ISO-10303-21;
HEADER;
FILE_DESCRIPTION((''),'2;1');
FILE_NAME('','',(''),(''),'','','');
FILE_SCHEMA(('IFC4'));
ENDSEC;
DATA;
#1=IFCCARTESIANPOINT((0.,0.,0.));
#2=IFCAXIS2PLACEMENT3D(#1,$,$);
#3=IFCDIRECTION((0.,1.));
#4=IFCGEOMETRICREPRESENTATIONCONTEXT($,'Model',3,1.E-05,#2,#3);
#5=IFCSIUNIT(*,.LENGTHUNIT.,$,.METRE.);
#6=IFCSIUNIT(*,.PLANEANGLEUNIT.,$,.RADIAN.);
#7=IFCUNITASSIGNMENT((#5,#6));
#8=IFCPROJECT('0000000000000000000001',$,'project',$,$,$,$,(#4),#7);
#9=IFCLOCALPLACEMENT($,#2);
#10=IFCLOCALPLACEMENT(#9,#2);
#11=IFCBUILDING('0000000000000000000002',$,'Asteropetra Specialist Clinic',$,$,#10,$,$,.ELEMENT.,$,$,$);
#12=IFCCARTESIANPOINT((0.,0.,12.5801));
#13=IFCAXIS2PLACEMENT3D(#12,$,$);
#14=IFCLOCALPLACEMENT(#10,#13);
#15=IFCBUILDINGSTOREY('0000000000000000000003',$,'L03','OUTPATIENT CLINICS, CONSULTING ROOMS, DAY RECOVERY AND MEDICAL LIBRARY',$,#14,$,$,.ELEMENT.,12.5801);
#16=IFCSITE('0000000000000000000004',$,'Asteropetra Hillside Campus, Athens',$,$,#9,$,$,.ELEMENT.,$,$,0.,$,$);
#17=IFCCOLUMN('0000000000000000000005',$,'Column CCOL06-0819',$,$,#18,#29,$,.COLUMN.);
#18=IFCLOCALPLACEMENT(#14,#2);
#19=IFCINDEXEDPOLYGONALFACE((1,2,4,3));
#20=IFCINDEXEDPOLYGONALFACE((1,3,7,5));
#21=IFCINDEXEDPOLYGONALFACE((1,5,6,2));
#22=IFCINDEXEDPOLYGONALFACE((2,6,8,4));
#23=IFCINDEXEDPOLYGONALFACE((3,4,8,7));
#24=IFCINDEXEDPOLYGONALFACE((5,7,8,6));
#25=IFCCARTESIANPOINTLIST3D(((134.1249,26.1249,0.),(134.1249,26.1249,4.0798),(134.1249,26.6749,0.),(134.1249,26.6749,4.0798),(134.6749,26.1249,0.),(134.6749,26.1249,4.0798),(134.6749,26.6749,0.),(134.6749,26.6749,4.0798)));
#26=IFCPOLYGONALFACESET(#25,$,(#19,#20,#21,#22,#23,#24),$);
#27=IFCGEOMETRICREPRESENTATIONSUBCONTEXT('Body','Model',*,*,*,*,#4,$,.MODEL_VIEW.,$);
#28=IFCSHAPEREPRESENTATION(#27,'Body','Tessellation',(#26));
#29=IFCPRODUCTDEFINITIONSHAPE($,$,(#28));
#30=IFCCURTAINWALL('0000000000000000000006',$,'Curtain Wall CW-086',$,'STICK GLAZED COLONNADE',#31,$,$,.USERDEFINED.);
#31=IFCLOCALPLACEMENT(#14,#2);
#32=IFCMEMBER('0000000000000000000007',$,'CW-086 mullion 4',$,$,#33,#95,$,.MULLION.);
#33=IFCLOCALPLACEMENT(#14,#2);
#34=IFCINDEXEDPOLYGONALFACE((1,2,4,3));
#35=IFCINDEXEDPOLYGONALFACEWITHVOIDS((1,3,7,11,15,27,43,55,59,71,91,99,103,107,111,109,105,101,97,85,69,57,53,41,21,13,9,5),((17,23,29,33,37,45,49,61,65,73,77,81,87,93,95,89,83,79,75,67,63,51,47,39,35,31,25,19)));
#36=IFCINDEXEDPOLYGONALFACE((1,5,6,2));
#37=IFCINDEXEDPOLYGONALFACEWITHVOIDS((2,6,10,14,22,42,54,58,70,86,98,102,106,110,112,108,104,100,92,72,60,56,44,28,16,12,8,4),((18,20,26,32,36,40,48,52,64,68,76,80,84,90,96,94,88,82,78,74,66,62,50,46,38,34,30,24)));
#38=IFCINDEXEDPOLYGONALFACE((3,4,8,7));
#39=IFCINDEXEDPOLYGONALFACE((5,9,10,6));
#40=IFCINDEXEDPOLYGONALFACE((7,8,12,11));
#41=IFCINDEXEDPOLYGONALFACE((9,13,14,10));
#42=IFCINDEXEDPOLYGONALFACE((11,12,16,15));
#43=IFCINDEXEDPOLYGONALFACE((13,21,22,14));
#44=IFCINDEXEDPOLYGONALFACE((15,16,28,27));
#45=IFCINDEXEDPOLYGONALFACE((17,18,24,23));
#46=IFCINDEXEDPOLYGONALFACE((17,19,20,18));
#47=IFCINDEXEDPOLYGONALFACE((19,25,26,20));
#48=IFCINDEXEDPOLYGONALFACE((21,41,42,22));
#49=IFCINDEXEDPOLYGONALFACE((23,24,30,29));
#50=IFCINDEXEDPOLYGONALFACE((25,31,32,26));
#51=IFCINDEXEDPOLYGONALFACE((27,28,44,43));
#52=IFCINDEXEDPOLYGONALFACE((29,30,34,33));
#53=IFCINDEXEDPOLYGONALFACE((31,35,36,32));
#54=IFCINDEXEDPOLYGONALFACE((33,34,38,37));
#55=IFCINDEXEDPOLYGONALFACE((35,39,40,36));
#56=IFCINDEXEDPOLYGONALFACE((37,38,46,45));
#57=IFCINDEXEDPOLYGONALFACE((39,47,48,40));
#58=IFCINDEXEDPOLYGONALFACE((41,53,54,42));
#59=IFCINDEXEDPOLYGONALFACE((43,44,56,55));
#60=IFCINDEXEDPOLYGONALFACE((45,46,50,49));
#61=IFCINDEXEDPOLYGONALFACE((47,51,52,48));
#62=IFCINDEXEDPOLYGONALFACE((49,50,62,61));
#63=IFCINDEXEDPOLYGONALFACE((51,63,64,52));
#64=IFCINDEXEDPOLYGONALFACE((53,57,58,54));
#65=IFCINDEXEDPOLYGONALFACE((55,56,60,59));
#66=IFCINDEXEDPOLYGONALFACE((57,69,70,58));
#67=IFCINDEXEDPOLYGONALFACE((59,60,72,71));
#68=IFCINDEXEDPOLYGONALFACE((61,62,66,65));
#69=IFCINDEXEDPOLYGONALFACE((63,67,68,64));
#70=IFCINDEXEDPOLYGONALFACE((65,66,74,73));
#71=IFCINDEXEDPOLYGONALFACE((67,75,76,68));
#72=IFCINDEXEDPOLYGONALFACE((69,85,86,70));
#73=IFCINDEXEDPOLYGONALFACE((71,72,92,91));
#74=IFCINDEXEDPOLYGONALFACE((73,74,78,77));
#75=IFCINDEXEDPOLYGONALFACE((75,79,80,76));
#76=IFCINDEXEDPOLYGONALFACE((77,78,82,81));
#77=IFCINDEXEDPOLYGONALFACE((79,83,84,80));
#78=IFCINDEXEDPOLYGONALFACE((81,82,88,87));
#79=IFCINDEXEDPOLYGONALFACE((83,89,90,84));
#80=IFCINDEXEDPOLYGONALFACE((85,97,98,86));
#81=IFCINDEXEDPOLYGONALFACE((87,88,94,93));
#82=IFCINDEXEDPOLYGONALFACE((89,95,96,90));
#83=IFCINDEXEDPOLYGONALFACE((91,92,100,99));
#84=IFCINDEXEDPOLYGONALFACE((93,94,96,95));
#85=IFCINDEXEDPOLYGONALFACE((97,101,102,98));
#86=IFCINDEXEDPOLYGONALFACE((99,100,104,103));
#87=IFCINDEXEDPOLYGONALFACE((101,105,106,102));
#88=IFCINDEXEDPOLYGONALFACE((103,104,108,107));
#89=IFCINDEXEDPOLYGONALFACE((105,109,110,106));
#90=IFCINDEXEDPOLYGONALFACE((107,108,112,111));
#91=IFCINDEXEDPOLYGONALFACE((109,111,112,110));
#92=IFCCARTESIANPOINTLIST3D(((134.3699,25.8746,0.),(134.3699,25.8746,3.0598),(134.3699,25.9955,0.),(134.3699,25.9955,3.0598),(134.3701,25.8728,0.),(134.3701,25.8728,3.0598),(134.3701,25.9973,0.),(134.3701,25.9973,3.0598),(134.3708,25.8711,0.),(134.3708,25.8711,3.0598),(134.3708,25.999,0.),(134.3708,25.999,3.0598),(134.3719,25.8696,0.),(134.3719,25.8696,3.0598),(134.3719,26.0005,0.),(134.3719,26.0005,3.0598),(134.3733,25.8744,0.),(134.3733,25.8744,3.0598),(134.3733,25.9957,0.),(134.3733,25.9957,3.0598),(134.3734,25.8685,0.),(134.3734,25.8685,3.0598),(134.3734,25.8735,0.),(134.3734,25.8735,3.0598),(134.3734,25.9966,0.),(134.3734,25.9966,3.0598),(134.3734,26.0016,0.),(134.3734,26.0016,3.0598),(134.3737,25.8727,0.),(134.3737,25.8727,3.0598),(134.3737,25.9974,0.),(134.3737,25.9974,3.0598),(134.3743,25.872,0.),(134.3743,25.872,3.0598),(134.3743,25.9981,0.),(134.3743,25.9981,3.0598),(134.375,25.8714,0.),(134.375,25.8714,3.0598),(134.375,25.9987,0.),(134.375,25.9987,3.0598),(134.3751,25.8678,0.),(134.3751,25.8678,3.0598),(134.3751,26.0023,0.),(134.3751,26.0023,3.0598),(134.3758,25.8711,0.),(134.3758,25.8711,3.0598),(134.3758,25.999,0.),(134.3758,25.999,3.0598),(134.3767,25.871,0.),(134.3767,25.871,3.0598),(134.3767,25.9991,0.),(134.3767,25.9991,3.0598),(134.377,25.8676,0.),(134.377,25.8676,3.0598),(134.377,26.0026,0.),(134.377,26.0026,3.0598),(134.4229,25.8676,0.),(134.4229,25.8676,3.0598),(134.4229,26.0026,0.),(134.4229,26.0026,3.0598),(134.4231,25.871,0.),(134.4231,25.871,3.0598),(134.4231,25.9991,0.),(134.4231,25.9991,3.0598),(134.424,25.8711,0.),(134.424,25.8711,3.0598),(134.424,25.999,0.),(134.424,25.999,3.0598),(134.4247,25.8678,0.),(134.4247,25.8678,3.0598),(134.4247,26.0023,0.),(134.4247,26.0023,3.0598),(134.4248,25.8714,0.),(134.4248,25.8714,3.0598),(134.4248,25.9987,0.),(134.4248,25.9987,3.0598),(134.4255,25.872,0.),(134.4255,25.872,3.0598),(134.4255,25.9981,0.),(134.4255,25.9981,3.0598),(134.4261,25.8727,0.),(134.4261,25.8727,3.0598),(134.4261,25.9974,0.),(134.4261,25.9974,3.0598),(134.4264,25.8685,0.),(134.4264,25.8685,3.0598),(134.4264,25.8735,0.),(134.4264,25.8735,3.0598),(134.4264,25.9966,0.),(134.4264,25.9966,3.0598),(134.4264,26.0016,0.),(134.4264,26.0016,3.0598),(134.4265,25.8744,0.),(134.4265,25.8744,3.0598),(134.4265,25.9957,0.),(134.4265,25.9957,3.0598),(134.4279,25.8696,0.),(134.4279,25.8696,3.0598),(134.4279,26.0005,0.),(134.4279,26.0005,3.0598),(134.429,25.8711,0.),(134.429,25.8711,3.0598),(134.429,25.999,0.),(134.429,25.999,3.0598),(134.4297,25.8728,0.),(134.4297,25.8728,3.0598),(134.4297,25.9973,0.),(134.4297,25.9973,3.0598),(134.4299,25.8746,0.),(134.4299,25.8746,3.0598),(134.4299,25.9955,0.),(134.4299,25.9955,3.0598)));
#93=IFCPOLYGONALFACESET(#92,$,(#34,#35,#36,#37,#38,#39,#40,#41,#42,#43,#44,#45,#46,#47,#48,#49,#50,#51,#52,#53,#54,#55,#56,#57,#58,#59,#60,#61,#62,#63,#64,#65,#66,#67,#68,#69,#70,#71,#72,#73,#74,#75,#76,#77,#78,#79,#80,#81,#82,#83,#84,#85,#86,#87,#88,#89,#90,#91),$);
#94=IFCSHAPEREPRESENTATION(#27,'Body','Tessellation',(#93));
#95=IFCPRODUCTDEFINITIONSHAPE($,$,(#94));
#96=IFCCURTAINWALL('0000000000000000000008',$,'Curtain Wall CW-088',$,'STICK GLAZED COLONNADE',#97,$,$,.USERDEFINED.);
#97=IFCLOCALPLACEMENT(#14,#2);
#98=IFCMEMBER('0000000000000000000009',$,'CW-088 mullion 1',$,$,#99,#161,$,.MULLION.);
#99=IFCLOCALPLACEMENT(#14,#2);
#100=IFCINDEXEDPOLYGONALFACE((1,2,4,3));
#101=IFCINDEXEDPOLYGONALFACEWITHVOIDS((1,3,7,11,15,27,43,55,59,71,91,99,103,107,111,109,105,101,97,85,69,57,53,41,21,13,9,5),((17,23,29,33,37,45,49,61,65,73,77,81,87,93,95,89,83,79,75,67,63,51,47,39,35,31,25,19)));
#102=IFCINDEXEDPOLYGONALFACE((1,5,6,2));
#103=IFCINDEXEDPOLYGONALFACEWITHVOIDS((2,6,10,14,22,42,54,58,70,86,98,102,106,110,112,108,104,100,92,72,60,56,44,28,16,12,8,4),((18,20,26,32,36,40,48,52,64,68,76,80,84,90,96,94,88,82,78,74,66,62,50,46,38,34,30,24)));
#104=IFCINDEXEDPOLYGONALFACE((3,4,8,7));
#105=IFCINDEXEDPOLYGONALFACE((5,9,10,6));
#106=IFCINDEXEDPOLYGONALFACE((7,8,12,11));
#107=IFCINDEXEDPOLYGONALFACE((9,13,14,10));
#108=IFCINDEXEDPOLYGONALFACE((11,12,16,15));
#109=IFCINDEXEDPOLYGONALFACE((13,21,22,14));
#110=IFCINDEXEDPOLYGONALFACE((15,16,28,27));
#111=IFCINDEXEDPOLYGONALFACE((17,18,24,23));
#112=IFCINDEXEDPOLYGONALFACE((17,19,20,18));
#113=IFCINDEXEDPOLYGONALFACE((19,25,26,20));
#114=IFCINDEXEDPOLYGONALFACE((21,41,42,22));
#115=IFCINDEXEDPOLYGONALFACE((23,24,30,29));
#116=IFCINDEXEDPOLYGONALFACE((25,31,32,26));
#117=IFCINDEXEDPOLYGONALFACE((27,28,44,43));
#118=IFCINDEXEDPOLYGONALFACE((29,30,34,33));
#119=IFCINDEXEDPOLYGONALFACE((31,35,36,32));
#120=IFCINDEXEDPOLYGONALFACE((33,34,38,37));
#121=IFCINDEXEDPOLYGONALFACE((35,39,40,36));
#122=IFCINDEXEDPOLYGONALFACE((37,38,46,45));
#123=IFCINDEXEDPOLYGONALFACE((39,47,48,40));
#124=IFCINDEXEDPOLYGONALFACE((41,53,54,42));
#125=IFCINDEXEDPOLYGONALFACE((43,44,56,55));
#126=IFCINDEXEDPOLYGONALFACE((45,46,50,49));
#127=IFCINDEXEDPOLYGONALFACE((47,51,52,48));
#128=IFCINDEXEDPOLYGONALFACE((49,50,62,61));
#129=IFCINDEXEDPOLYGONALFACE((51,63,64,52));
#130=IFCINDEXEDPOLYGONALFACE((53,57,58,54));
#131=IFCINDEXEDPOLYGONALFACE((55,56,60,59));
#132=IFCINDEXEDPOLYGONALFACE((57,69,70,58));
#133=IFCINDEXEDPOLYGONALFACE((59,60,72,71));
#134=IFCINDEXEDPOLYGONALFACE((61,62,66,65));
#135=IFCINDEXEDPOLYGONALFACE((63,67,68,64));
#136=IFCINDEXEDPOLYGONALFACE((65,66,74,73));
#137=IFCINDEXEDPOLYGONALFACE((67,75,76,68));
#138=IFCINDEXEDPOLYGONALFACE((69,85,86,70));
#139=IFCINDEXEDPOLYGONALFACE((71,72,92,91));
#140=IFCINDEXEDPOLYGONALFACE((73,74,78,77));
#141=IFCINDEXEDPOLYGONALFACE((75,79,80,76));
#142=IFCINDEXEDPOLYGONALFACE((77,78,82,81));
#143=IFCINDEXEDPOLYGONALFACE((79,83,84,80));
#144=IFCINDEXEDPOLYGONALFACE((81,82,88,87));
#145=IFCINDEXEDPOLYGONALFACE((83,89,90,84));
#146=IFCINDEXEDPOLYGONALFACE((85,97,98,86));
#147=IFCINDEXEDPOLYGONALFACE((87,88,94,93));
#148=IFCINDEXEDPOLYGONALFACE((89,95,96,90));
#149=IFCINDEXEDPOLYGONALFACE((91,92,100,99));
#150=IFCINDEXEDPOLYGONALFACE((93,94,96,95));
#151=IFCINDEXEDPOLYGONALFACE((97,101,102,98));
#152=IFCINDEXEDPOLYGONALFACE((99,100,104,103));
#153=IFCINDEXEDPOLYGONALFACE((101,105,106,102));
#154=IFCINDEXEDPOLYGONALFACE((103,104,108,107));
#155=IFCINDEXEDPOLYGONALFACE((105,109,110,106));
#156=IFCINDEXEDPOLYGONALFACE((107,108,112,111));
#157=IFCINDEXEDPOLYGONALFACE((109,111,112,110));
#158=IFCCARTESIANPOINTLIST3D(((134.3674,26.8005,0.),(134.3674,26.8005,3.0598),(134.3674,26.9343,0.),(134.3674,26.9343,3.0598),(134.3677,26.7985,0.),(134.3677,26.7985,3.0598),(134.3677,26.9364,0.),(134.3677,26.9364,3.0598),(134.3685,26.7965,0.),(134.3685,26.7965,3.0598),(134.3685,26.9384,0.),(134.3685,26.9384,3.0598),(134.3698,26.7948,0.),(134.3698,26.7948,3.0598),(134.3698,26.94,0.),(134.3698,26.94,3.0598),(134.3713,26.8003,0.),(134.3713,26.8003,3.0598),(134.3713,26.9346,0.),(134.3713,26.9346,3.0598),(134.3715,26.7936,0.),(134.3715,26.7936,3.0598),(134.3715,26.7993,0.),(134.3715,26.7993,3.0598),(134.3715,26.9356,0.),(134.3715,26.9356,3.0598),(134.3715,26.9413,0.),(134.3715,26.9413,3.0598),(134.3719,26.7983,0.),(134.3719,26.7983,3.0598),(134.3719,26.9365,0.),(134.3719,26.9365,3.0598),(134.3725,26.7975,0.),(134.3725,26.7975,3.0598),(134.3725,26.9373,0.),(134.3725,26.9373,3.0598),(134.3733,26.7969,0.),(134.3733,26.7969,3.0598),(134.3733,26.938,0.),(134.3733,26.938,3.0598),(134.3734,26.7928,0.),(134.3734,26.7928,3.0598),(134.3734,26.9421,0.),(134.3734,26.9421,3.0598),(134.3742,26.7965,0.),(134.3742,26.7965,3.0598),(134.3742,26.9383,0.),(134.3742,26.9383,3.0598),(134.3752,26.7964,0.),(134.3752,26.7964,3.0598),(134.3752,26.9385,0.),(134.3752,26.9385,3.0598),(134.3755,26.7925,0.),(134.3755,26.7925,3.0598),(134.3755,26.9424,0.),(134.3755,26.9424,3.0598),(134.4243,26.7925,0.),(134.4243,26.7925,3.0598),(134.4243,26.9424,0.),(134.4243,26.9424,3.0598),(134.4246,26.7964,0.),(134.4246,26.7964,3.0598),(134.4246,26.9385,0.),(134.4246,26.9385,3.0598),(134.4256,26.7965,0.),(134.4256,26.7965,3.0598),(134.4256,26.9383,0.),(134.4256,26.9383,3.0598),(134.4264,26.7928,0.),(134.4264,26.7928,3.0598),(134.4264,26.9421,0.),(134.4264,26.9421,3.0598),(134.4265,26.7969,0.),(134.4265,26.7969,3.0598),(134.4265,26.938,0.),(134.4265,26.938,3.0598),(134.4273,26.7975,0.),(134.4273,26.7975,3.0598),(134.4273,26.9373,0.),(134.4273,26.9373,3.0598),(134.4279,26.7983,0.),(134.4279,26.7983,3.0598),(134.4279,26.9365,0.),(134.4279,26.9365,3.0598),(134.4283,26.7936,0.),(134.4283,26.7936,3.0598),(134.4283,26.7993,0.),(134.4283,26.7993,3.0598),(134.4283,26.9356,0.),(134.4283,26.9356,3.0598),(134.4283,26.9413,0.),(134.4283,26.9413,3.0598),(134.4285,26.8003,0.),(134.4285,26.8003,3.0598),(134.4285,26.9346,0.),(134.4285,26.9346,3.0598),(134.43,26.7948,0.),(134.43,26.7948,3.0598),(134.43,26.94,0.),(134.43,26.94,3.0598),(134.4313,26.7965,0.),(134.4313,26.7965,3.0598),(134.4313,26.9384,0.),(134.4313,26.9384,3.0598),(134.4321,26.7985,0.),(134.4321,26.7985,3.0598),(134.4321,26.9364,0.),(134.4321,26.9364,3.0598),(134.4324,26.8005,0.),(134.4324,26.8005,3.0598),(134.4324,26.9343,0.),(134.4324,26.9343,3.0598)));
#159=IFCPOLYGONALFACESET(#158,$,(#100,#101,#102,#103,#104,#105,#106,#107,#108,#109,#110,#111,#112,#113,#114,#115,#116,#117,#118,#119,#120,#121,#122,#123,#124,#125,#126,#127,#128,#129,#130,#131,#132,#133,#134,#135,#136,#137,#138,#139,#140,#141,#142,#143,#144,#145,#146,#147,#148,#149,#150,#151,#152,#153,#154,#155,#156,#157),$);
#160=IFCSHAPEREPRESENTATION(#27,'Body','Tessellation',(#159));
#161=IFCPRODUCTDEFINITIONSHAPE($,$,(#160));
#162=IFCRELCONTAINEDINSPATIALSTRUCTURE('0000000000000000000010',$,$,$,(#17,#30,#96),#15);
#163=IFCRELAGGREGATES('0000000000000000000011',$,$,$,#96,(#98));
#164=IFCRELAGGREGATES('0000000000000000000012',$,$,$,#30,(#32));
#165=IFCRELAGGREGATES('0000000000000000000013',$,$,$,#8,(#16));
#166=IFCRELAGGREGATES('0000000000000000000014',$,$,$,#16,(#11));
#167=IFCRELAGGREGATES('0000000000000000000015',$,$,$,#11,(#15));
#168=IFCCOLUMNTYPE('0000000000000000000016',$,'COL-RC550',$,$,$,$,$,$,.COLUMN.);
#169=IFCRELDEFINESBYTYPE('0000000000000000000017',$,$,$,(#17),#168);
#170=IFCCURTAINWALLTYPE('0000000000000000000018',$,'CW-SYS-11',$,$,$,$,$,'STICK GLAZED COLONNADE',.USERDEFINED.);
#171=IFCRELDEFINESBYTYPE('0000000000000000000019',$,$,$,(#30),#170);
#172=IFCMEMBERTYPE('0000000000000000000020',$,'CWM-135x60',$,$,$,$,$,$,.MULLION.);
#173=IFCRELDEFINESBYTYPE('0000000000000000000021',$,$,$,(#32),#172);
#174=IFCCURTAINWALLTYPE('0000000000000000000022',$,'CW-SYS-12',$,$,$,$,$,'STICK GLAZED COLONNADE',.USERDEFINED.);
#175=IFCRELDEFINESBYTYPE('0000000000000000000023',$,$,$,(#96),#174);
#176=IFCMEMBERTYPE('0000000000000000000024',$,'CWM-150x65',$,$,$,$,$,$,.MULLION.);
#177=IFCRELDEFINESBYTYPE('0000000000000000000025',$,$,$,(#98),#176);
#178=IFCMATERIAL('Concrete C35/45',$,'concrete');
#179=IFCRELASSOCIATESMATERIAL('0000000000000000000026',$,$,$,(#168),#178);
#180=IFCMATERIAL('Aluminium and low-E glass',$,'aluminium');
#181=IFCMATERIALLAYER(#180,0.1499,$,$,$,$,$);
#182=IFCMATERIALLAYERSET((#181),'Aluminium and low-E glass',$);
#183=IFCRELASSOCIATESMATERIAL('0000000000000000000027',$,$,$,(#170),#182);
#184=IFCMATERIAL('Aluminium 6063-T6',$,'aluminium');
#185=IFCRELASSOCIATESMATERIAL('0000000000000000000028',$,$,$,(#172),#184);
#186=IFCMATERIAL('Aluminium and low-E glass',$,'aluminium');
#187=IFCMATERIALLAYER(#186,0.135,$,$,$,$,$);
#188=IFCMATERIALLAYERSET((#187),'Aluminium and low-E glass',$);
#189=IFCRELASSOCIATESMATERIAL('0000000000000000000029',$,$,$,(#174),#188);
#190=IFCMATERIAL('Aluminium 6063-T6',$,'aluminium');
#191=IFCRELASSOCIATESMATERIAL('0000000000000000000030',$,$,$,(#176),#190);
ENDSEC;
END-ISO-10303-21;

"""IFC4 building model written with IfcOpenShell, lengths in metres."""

from ifc_helpers import new_model, si_unit, direction, frame, origin, origin_2d, place, context, subcontext, project, spatial, rectangle, hollow_rectangle, extrude, material, layer, layer_set, material_profile, profile_set, type_object, element, aggregate, save


model = new_model("IFC4")

# Units and contexts
model_context = context("Model", 3, precision=1e-05, world=origin(), true_north=direction((0.0, 1.0)))
body_context = subcontext(model_context, "Body", "Model", "MODEL_VIEW")
ifc_project = project(units=[si_unit("LENGTHUNIT", "METRE"), si_unit("PLANEANGLEUNIT", "RADIAN")], contexts=[model_context])

# Site, building, storey
site_placement = place(None, origin())
site = spatial("IfcSite", under=ifc_project, at=site_placement, Name="Asteropetra Hillside Campus, Athens", CompositionType="ELEMENT", RefElevation=0.0)
building_placement = place(site_placement, origin())
building = spatial("IfcBuilding", under=site, at=building_placement, Name="Asteropetra Specialist Clinic", CompositionType="ELEMENT")
storey_placement = place(building_placement, frame((0.0, 0.0, 12.5801)))
storey = spatial("IfcBuildingStorey", under=building, at=storey_placement, Name="L03", Description="OUTPATIENT CLINICS, CONSULTING ROOMS, DAY RECOVERY AND MEDICAL LIBRARY", CompositionType="ELEMENT", Elevation=12.5801)

# Column
ifc_material_1 = material(Name="Concrete C35/45", Category="concrete")
ifc_material_profile_1 = material_profile(ifc_material_1, rectangle(XDim=0.55, YDim=0.55, at=origin_2d()), Name="RC 550x550")
ifc_profile_set_1 = profile_set([ifc_material_profile_1], Name="Concrete C35/45")
column_type = type_object("IfcColumnType", Name="COL-RC550", PredefinedType="COLUMN", material=ifc_profile_set_1)
column_placement = place(storey_placement, frame((134.3999, 26.3999, 0.0), z_axis=(0.0, 0.0, 1.0), x_axis=(1.0, 0.0, 0.0)))
element("IfcColumn", 1, at=column_placement, inside=storey, type_object=column_type, Name="Column CCOL06-0819", PredefinedType="COLUMN", context=body_context, shape_type="SweptSolid", body=[
    extrude(rectangle(XDim=0.55, YDim=0.55, at=origin_2d()), origin(), (0.0, 0.0, 1.0), 4.0798),
])

# Curtain wall, member
ifc_material_2 = material(Name="Aluminium and low-E glass", Category="aluminium")
ifc_layer_1 = layer(ifc_material_2, 0.1499)
ifc_layer_set_1 = layer_set([ifc_layer_1], Name="Aluminium and low-E glass")
curtain_wall_type_1 = type_object("IfcCurtainWallType", Name="CW-SYS-11", ElementType="STICK GLAZED COLONNADE", PredefinedType="USERDEFINED", material=ifc_layer_set_1)
curtain_wall_1_placement = place(storey_placement, origin())
curtain_wall_1 = element("IfcCurtainWall", 2, at=curtain_wall_1_placement, inside=storey, type_object=curtain_wall_type_1, Name="Curtain Wall CW-086", ObjectType="STICK GLAZED COLONNADE", PredefinedType="USERDEFINED")
ifc_material_3 = material(Name="Aluminium 6063-T6", Category="aluminium")
ifc_material_profile_2 = material_profile(ifc_material_3, hollow_rectangle(XDim=0.0601, YDim=0.135, WallThickness=0.0034, InnerFilletRadius=0.0034, OuterFilletRadius=0.0071, at=origin_2d()), Name="MUL 135x60x3.5")
ifc_profile_set_2 = profile_set([ifc_material_profile_2], Name="Aluminium 6063-T6")
member_type_1 = type_object("IfcMemberType", Name="CWM-135x60", PredefinedType="MULLION", material=ifc_profile_set_2)
member_1_placement = place(storey_placement, frame((134.3999, 25.9351, 0.0), z_axis=(0.0, 0.0, 1.0), x_axis=(-1.0, 0.0, 0.0)))
member_1 = element("IfcMember", 3, at=member_1_placement, type_object=member_type_1, Name="CW-086 mullion 4", PredefinedType="MULLION", context=body_context, shape_type="SweptSolid", body=[
    extrude(hollow_rectangle(XDim=0.0601, YDim=0.135, WallThickness=0.0034, InnerFilletRadius=0.0034, OuterFilletRadius=0.0071, at=origin_2d()), origin(), (0.0, 0.0, 1.0), 3.0598),
])

# Curtain wall, member
ifc_material_4 = material(Name="Aluminium and low-E glass", Category="aluminium")
ifc_layer_2 = layer(ifc_material_4, 0.135)
ifc_layer_set_2 = layer_set([ifc_layer_2], Name="Aluminium and low-E glass")
curtain_wall_type_2 = type_object("IfcCurtainWallType", Name="CW-SYS-12", ElementType="STICK GLAZED COLONNADE", PredefinedType="USERDEFINED", material=ifc_layer_set_2)
curtain_wall_2_placement = place(storey_placement, origin())
curtain_wall_2 = element("IfcCurtainWall", 4, at=curtain_wall_2_placement, inside=storey, type_object=curtain_wall_type_2, Name="Curtain Wall CW-088", ObjectType="STICK GLAZED COLONNADE", PredefinedType="USERDEFINED")
ifc_material_5 = material(Name="Aluminium 6063-T6", Category="aluminium")
ifc_material_profile_3 = material_profile(ifc_material_5, hollow_rectangle(XDim=0.0649, YDim=0.1499, WallThickness=0.0039, InnerFilletRadius=0.0039, OuterFilletRadius=0.0081, at=origin_2d()), Name="MUL 150x65x4.0")
ifc_profile_set_3 = profile_set([ifc_material_profile_3], Name="Aluminium 6063-T6")
member_type_2 = type_object("IfcMemberType", Name="CWM-150x65", PredefinedType="MULLION", material=ifc_profile_set_3)
member_2_placement = place(storey_placement, frame((134.3999, 26.8674, 0.0), z_axis=(0.0, 0.0, 1.0), x_axis=(-1.0, 0.0, 0.0)))
member_2 = element("IfcMember", 5, at=member_2_placement, type_object=member_type_2, Name="CW-088 mullion 1", PredefinedType="MULLION", context=body_context, shape_type="SweptSolid", body=[
    extrude(hollow_rectangle(XDim=0.0649, YDim=0.1499, WallThickness=0.0039, InnerFilletRadius=0.0039, OuterFilletRadius=0.0081, at=origin_2d()), origin(), (0.0, 0.0, 1.0), 3.0598),
])

aggregate(curtain_wall_2, [member_2])
aggregate(curtain_wall_1, [member_1])

save(model, "model.ifc")
